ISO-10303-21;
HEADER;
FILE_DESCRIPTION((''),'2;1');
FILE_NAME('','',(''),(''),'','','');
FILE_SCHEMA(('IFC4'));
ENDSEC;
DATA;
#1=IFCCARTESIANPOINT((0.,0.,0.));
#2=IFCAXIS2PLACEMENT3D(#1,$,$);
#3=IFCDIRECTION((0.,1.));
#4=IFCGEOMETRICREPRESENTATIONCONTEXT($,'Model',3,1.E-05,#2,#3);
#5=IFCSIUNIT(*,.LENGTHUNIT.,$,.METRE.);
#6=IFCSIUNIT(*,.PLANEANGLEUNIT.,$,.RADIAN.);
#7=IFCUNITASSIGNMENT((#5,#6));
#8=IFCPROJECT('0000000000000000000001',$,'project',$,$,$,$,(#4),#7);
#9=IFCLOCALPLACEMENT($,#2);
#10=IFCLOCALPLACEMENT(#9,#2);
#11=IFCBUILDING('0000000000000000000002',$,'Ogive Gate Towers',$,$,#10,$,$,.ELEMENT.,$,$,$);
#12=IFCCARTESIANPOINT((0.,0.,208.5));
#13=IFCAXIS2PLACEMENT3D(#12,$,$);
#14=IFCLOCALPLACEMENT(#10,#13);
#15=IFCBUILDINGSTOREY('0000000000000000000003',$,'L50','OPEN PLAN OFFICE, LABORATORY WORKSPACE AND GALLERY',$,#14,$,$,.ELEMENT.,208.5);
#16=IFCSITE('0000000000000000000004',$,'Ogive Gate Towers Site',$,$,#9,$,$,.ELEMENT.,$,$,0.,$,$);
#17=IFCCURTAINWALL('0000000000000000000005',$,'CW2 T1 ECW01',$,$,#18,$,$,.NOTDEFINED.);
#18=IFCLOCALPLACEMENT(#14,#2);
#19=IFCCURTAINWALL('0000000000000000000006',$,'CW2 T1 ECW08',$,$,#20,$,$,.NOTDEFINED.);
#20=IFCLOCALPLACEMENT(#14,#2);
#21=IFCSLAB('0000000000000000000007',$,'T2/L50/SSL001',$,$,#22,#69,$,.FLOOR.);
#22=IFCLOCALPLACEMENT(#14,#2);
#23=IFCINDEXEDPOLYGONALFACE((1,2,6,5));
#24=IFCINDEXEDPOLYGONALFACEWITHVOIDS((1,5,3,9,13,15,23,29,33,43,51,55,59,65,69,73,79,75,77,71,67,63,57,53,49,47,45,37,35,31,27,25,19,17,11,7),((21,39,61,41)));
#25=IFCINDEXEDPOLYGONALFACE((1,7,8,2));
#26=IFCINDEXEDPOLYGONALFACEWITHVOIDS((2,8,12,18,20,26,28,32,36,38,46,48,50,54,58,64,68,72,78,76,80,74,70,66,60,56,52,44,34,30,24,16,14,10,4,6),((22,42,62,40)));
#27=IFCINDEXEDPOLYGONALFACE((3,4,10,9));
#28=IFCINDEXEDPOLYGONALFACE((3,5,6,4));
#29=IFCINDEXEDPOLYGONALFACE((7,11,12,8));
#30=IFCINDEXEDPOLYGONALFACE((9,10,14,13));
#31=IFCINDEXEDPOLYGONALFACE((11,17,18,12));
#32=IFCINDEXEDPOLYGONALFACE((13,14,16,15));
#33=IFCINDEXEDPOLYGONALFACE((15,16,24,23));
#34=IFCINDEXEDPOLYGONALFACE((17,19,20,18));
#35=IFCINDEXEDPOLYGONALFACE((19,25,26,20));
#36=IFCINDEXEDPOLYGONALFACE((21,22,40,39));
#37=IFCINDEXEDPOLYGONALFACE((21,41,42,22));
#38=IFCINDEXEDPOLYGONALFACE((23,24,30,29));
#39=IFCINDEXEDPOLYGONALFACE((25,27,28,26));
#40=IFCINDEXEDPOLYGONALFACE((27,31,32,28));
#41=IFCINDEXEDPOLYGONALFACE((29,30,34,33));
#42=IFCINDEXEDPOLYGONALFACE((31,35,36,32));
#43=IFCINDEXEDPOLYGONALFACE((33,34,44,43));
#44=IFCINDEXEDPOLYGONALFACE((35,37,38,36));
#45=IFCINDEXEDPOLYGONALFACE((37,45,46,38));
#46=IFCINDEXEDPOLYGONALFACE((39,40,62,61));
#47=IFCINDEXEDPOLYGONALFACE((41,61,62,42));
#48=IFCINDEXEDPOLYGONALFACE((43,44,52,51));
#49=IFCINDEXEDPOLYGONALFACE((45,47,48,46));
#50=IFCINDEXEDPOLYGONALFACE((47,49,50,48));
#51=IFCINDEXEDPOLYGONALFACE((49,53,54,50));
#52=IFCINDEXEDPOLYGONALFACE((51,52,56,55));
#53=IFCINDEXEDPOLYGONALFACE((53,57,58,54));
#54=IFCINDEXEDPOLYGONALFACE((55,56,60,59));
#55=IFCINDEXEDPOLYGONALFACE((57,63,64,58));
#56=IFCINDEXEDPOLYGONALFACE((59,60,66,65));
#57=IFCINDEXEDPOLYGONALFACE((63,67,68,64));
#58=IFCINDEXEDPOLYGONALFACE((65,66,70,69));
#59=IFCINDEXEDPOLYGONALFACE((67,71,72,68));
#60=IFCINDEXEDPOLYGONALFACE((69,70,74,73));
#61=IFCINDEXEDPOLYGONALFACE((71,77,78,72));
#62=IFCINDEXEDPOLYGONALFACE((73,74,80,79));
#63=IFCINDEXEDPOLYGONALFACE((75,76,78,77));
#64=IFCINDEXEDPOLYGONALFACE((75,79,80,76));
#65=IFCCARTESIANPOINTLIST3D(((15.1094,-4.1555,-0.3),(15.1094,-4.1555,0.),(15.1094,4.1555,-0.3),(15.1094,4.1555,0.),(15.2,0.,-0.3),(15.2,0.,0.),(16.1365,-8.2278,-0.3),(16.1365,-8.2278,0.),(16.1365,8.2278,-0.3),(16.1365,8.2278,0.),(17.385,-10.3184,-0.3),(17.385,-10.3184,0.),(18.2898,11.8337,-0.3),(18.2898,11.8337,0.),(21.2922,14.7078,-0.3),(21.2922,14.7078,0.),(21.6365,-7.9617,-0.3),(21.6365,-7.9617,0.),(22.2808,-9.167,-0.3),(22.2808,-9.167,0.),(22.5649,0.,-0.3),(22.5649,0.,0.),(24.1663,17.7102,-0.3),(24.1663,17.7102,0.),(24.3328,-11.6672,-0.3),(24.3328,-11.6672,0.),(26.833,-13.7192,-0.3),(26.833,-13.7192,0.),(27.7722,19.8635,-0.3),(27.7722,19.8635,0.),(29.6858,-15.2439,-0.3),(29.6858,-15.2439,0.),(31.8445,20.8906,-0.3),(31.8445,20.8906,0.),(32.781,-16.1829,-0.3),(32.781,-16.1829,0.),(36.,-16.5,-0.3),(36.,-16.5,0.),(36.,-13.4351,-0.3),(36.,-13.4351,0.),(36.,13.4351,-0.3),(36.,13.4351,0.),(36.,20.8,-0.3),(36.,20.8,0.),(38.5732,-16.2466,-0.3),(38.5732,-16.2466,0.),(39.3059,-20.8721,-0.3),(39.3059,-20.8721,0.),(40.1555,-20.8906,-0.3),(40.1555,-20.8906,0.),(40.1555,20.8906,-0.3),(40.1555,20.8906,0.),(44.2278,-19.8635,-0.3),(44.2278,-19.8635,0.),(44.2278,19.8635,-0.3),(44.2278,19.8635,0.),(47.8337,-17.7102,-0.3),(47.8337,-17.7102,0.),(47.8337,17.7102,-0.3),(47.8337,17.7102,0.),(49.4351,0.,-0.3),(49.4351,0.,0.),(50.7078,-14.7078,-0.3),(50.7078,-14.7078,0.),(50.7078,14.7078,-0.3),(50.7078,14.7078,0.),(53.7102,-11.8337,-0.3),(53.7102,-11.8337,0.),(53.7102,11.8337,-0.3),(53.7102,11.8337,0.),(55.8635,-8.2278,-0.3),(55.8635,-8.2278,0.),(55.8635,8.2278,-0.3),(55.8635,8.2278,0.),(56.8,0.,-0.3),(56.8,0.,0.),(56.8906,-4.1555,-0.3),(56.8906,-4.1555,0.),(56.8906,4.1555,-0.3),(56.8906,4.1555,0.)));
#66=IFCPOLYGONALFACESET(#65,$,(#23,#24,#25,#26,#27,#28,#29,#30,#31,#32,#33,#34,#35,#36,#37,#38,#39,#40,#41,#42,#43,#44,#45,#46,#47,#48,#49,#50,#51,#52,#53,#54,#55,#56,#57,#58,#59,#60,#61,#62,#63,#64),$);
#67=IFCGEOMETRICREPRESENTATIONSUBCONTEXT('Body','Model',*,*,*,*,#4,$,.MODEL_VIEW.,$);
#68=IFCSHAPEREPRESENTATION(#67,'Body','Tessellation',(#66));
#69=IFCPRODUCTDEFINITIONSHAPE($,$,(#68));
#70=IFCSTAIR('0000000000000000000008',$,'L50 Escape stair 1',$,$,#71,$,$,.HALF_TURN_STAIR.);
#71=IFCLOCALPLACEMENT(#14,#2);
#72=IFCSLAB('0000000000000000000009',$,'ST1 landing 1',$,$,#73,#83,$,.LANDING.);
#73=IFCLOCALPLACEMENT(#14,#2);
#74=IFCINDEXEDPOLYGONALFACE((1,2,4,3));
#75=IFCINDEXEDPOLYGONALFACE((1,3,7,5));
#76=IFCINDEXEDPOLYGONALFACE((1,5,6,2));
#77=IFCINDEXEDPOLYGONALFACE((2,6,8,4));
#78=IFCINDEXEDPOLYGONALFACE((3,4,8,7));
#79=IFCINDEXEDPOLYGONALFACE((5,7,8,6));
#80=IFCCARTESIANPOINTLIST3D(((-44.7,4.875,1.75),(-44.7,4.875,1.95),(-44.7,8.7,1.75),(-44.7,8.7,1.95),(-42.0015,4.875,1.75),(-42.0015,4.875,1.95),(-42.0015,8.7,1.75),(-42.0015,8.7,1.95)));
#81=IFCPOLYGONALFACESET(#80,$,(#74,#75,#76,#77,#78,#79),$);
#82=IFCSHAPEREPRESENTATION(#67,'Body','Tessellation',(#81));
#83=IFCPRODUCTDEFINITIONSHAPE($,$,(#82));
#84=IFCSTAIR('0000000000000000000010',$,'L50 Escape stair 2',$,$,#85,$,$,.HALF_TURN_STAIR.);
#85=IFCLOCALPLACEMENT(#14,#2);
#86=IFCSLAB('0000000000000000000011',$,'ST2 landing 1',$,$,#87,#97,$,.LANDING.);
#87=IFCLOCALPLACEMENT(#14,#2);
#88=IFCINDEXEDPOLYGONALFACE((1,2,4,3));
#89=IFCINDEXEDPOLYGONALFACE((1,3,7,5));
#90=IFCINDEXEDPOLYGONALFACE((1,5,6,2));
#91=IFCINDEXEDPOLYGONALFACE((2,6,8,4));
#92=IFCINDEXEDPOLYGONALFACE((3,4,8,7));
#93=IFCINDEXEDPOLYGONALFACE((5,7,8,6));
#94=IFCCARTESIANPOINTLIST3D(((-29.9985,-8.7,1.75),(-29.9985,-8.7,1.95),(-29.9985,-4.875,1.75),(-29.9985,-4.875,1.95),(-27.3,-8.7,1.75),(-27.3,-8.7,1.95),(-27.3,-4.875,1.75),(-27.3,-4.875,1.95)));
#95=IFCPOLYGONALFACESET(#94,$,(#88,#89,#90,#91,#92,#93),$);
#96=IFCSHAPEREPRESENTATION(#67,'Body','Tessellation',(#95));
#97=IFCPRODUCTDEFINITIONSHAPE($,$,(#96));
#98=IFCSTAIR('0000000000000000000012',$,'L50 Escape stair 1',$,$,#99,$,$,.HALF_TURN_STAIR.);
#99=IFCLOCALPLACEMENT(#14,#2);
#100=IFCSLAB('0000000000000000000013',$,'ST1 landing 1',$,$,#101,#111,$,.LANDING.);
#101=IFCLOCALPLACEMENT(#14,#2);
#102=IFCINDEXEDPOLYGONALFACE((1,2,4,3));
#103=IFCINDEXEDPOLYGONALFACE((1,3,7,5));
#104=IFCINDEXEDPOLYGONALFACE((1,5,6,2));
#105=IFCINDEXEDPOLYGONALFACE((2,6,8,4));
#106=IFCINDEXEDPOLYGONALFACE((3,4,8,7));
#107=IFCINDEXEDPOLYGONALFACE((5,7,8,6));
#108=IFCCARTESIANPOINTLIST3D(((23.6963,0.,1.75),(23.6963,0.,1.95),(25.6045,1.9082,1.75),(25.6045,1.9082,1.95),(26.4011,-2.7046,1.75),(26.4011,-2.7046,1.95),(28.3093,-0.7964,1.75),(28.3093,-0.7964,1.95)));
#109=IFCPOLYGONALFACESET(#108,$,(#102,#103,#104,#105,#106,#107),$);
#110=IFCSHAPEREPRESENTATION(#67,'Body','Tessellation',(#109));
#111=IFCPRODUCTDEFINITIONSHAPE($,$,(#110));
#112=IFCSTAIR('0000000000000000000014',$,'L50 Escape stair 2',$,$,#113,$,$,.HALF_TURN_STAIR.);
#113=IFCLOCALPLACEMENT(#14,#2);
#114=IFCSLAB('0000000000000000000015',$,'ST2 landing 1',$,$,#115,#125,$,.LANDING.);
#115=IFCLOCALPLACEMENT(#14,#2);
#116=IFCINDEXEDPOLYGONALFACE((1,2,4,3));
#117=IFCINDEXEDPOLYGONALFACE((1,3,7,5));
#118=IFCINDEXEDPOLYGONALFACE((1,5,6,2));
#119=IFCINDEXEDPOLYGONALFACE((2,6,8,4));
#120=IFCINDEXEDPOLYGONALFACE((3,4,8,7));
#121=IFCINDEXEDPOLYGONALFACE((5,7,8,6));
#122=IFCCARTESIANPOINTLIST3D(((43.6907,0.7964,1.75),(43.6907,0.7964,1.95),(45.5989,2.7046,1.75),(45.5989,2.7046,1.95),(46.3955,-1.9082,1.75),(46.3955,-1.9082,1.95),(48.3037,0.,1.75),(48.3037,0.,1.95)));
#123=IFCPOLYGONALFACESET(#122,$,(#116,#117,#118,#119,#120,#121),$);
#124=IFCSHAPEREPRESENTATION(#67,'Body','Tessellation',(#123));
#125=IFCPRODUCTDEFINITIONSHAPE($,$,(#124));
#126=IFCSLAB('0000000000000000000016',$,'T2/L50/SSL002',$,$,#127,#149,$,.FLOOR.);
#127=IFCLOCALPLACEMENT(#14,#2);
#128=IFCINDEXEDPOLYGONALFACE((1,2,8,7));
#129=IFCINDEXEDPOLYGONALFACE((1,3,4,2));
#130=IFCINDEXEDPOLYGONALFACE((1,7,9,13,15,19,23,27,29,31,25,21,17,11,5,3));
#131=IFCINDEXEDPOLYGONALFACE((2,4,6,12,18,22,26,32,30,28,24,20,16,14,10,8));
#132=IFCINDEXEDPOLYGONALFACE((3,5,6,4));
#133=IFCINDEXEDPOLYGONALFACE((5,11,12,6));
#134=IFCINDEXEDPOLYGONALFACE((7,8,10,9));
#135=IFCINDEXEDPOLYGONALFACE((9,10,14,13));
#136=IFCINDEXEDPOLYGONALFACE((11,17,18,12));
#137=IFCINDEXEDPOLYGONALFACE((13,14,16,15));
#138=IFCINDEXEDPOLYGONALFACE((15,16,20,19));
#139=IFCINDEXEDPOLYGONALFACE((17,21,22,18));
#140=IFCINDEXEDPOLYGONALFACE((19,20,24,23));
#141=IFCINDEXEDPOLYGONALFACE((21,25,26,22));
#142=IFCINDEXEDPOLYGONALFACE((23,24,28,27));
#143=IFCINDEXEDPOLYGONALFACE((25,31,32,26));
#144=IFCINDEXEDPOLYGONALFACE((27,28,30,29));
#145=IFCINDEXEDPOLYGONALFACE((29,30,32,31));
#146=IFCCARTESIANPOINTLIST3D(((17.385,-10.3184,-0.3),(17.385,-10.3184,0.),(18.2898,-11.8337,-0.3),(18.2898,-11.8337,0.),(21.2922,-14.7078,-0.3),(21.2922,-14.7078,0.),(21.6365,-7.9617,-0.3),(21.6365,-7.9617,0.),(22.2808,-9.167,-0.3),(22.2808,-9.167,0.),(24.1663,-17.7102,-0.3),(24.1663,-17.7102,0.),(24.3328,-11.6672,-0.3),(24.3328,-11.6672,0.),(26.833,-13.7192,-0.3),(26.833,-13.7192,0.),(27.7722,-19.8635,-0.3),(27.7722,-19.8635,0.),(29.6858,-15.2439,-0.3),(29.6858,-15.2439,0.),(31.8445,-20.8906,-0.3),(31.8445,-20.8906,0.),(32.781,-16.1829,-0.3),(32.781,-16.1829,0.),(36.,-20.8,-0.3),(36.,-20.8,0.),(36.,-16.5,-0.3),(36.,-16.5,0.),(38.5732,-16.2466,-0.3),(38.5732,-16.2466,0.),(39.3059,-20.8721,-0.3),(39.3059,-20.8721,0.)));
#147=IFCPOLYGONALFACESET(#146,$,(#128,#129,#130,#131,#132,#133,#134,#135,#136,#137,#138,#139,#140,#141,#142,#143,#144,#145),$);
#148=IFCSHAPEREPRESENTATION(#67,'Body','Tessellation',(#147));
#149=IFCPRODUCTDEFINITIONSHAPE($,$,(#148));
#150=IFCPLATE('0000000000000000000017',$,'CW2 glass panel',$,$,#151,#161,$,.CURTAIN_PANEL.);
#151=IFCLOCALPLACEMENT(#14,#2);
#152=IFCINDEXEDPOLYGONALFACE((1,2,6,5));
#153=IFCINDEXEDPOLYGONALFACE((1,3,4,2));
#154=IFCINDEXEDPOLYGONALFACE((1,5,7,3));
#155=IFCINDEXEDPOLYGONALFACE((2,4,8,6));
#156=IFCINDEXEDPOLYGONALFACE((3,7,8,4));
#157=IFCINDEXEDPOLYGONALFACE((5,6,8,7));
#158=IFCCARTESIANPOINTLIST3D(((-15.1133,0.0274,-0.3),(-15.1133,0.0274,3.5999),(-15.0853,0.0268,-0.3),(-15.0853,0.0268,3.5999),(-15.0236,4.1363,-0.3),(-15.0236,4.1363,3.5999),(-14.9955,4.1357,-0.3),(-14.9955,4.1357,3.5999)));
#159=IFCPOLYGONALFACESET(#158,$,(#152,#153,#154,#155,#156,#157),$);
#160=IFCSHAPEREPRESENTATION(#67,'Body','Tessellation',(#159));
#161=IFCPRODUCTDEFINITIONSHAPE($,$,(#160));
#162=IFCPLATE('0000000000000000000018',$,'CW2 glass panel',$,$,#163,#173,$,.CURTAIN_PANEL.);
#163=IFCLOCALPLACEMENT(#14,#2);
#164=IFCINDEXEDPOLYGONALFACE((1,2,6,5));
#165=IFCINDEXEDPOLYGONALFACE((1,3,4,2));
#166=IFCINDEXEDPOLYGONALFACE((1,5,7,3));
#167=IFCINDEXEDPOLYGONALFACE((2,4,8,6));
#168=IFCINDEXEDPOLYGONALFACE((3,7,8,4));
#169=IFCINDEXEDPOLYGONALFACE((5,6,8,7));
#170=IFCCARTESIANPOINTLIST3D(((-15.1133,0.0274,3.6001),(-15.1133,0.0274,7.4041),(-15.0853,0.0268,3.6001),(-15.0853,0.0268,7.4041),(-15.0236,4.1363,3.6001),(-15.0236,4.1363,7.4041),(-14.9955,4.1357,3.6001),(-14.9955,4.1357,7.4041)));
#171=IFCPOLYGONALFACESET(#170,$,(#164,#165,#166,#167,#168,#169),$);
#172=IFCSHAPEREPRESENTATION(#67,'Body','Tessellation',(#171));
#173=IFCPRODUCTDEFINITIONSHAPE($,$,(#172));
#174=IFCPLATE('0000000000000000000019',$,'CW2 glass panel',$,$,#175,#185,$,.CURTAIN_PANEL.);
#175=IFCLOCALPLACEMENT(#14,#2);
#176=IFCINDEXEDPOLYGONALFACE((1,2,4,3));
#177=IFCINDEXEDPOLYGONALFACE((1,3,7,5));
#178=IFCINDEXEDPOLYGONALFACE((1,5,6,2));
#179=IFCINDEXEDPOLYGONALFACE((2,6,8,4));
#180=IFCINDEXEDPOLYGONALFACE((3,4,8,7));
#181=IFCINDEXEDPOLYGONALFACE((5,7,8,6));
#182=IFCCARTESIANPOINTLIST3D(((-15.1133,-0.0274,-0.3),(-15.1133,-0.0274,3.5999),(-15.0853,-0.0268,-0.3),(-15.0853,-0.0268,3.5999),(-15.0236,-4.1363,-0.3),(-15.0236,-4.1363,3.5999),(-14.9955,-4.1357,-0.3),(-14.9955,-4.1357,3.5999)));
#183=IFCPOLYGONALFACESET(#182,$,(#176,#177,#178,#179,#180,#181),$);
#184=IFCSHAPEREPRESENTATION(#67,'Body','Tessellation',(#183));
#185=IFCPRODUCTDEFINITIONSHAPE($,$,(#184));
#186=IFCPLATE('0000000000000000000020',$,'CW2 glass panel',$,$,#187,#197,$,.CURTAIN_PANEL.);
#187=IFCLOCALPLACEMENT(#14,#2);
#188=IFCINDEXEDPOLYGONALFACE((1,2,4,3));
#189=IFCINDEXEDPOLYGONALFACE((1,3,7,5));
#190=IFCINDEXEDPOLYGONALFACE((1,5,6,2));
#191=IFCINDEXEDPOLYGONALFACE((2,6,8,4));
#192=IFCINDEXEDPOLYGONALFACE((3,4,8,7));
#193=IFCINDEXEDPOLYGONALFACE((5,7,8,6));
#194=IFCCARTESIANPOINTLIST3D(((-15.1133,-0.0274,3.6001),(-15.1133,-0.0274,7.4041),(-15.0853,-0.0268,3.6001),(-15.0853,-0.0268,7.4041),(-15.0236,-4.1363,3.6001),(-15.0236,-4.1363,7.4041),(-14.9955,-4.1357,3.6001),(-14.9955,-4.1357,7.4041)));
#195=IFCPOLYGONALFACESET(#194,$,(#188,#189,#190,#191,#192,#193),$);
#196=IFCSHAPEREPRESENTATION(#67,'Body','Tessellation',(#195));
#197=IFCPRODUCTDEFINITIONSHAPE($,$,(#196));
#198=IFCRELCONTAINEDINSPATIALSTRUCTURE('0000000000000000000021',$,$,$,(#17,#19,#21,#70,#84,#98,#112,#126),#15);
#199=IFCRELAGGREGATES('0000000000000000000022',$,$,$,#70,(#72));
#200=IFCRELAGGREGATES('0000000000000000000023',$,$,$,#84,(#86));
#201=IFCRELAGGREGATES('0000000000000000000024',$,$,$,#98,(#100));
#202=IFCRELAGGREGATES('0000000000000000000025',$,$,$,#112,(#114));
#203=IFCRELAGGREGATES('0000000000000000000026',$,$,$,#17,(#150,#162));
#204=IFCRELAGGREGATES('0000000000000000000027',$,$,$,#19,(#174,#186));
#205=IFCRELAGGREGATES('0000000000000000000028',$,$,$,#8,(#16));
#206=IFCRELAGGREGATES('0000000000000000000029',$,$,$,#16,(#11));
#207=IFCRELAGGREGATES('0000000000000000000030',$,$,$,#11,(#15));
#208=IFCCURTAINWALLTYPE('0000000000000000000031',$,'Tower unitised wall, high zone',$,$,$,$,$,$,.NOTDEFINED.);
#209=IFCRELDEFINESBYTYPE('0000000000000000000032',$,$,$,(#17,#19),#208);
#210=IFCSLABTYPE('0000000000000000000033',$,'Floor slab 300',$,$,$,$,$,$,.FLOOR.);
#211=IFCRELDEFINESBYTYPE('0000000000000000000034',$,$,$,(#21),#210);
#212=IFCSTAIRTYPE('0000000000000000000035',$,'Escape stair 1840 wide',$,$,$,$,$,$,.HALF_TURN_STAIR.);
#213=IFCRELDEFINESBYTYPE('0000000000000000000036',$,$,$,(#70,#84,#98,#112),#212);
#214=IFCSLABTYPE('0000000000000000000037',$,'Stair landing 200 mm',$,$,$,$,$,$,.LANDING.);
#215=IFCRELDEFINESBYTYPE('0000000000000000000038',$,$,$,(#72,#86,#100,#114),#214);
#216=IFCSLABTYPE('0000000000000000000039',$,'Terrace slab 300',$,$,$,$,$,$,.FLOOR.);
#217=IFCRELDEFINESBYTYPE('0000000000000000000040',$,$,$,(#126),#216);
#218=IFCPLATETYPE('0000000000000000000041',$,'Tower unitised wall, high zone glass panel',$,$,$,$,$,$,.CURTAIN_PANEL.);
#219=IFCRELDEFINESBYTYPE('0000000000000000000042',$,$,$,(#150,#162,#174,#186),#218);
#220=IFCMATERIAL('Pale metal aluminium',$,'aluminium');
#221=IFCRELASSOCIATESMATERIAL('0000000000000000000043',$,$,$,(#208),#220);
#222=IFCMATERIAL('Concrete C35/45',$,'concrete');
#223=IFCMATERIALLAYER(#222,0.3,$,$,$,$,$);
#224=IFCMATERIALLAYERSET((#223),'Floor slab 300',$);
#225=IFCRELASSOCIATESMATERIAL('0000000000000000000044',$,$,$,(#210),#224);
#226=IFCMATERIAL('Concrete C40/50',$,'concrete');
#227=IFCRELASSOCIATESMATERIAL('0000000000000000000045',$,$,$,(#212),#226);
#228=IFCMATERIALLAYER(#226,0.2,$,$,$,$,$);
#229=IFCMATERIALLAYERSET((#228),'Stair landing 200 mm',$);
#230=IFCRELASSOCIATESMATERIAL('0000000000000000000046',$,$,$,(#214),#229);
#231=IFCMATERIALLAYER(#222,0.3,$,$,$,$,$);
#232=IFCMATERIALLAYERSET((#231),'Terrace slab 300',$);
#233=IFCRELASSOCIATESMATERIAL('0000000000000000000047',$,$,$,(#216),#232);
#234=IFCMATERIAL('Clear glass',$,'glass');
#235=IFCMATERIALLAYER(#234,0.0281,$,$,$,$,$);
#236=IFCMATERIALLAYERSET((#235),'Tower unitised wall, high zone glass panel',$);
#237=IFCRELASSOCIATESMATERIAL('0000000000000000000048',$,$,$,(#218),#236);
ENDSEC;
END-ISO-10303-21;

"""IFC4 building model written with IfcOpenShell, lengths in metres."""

from ifc_helpers import new_model, si_unit, direction, frame, origin, origin_2d, place, context, subcontext, project, spatial, polyline, rectangle, outline, extrude, material, layer, layer_set, type_object, element, aggregate, save


model = new_model("IFC4")

# Units and contexts
model_context = context("Model", 3, precision=1e-05, world=origin(), true_north=direction((0.0, 1.0)))
body_context = subcontext(model_context, "Body", "Model", "MODEL_VIEW")
ifc_project = project(units=[si_unit("LENGTHUNIT", "METRE"), si_unit("PLANEANGLEUNIT", "RADIAN")], contexts=[model_context])

# Site, building, storey
site_placement = place(None, origin())
site = spatial("IfcSite", under=ifc_project, at=site_placement, Name="Ogive Gate Towers Site", CompositionType="ELEMENT", RefElevation=0.0)
building_placement = place(site_placement, origin())
building = spatial("IfcBuilding", under=site, at=building_placement, Name="Ogive Gate Towers", CompositionType="ELEMENT")
storey_placement = place(building_placement, frame((0.0, 0.0, 208.5)))
storey = spatial("IfcBuildingStorey", under=building, at=storey_placement, Name="L50", Description="OPEN PLAN OFFICE, LABORATORY WORKSPACE AND GALLERY", CompositionType="ELEMENT", Elevation=208.5)

# Curtain wall
ifc_material_1 = material(Name="Pale metal aluminium", Category="aluminium")
curtain_wall_type = type_object("IfcCurtainWallType", Name="Tower unitised wall, high zone", PredefinedType="NOTDEFINED", material=ifc_material_1)
curtain_wall_1_placement = place(storey_placement, origin())
curtain_wall_1 = element("IfcCurtainWall", 1, at=curtain_wall_1_placement, inside=storey, type_object=curtain_wall_type, Name="CW2 T1 ECW01", PredefinedType="NOTDEFINED")

# Curtain wall
curtain_wall_2_placement = place(storey_placement, origin())
curtain_wall_2 = element("IfcCurtainWall", 2, at=curtain_wall_2_placement, inside=storey, type_object=curtain_wall_type, Name="CW2 T1 ECW08", PredefinedType="NOTDEFINED")

# Slab
ifc_material_2 = material(Name="Concrete C40/50", Category="concrete")
ifc_material_3 = material(Name="Concrete C35/45", Category="concrete")
ifc_layer_1 = layer(ifc_material_3, 0.3)
ifc_layer_set_1 = layer_set([ifc_layer_1], Name="Floor slab 300")
slab_type_1 = type_object("IfcSlabType", Name="Floor slab 300", PredefinedType="FLOOR", material=ifc_layer_set_1)
slab_1_placement = place(storey_placement, frame((0.0, 0.0, -0.3)))
element("IfcSlab", 3, at=slab_1_placement, inside=storey, type_object=slab_type_1, Name="T2/L50/SSL001", PredefinedType="FLOOR", context=body_context, shape_type="SweptSolid", body=[
    extrude(outline(polyline([(15.1094, -4.1555), (16.1365, -8.2278), (17.385, -10.3184), (21.6365, -7.9617), (22.2808, -9.167), (24.3328, -11.6672), (26.833, -13.7192), (29.6858, -15.2439), (32.781, -16.1829), (36.0, -16.5), (38.5732, -16.2466), (39.3059, -20.8721), (40.1555, -20.8906), (44.2278, -19.8635), (47.8337, -17.7102), (50.7078, -14.7078), (53.7102, -11.8337), (55.8635, -8.2278), (56.8906, -4.1555), (56.8, 0.0), (56.8906, 4.1555), (55.8635, 8.2278), (53.7102, 11.8337), (50.7078, 14.7078), (47.8337, 17.7102), (44.2278, 19.8635), (40.1555, 20.8906), (36.0, 20.8), (31.8445, 20.8906), (27.7722, 19.8635), (24.1663, 17.7102), (21.2922, 14.7078), (18.2898, 11.8337), (16.1365, 8.2278), (15.1094, 4.1555), (15.2, 0.0), (15.1094, -4.1555)]), holes=[polyline([(49.4351, 0.0), (36.0, -13.4351), (22.5649, 0.0), (36.0, 13.4351), (49.4351, 0.0)])]), origin(), (0.0, 0.0, 1.0), 0.3),
])

# Stairs, slabs
stair_type = type_object("IfcStairType", Name="Escape stair 1840 wide", PredefinedType="HALF_TURN_STAIR", material=ifc_material_2)
stair_1_placement = place(storey_placement, origin())
stair_1 = element("IfcStair", 4, at=stair_1_placement, inside=storey, type_object=stair_type, Name="L50 Escape stair 1", PredefinedType="HALF_TURN_STAIR")
ifc_layer_2 = layer(ifc_material_2, 0.2)
ifc_layer_set_2 = layer_set([ifc_layer_2], Name="Stair landing 200 mm")
slab_type_2 = type_object("IfcSlabType", Name="Stair landing 200 mm", PredefinedType="LANDING", material=ifc_layer_set_2)
slab_2_placement = place(storey_placement, frame((0.0, 0.0, 1.75)))
slab_2 = element("IfcSlab", 5, at=slab_2_placement, type_object=slab_type_2, Name="ST1 landing 1", PredefinedType="LANDING", context=body_context, shape_type="SweptSolid", body=[
    extrude(outline(polyline([(-42.0015, 8.7), (-44.7, 8.7), (-44.7, 4.875), (-42.0015, 4.875), (-42.0015, 8.7)])), origin(), (0.0, 0.0, 1.0), 0.2),
])
aggregate(stair_1, [slab_2])
stair_2_placement = place(storey_placement, origin())
stair_2 = element("IfcStair", 6, at=stair_2_placement, inside=storey, type_object=stair_type, Name="L50 Escape stair 2", PredefinedType="HALF_TURN_STAIR")
slab_3_placement = place(storey_placement, frame((0.0, 0.0, 1.75)))
slab_3 = element("IfcSlab", 7, at=slab_3_placement, type_object=slab_type_2, Name="ST2 landing 1", PredefinedType="LANDING", context=body_context, shape_type="SweptSolid", body=[
    extrude(outline(polyline([(-29.9985, -8.7), (-27.3, -8.7), (-27.3, -4.875), (-29.9985, -4.875), (-29.9985, -8.7)])), origin(), (0.0, 0.0, 1.0), 0.2),
])
aggregate(stair_2, [slab_3])
stair_3_placement = place(storey_placement, origin())
stair_3 = element("IfcStair", 8, at=stair_3_placement, inside=storey, type_object=stair_type, Name="L50 Escape stair 1", PredefinedType="HALF_TURN_STAIR")
slab_4_placement = place(storey_placement, frame((0.0, 0.0, 1.75)))
slab_4 = element("IfcSlab", 9, at=slab_4_placement, type_object=slab_type_2, Name="ST1 landing 1", PredefinedType="LANDING", context=body_context, shape_type="SweptSolid", body=[
    extrude(outline(polyline([(25.6045, 1.9082), (23.6963, 0.0), (26.4011, -2.7046), (28.3093, -0.7964), (25.6045, 1.9082)])), origin(), (0.0, 0.0, 1.0), 0.2),
])
aggregate(stair_3, [slab_4])
stair_4_placement = place(storey_placement, origin())
stair_4 = element("IfcStair", 10, at=stair_4_placement, inside=storey, type_object=stair_type, Name="L50 Escape stair 2", PredefinedType="HALF_TURN_STAIR")
slab_5_placement = place(storey_placement, frame((0.0, 0.0, 1.75)))
slab_5 = element("IfcSlab", 11, at=slab_5_placement, type_object=slab_type_2, Name="ST2 landing 1", PredefinedType="LANDING", context=body_context, shape_type="SweptSolid", body=[
    extrude(outline(polyline([(46.3955, -1.9082), (48.3037, 0.0), (45.5989, 2.7046), (43.6907, 0.7964), (46.3955, -1.9082)])), origin(), (0.0, 0.0, 1.0), 0.2),
])
aggregate(stair_4, [slab_5])

# Slab
ifc_layer_3 = layer(ifc_material_3, 0.3)
ifc_layer_set_3 = layer_set([ifc_layer_3], Name="Terrace slab 300")
slab_type_3 = type_object("IfcSlabType", Name="Terrace slab 300", PredefinedType="FLOOR", material=ifc_layer_set_3)
slab_6_placement = place(storey_placement, frame((0.0, 0.0, -0.3)))
element("IfcSlab", 12, at=slab_6_placement, inside=storey, type_object=slab_type_3, Name="T2/L50/SSL002", PredefinedType="FLOOR", context=body_context, shape_type="SweptSolid", body=[
    extrude(outline(polyline([(21.6365, -7.9617), (17.385, -10.3184), (18.2898, -11.8337), (21.2922, -14.7078), (24.1663, -17.7102), (27.7722, -19.8635), (31.8445, -20.8906), (36.0, -20.8), (39.3059, -20.8721), (38.5732, -16.2466), (36.0, -16.5), (32.781, -16.1829), (29.6858, -15.2439), (26.833, -13.7192), (24.3328, -11.6672), (22.2808, -9.167), (21.6365, -7.9617)])), origin(), (0.0, 0.0, 1.0), 0.3),
])

# Plates
ifc_material_4 = material(Name="Clear glass", Category="glass")
ifc_layer_4 = layer(ifc_material_4, 0.0281)
ifc_layer_set_4 = layer_set([ifc_layer_4], Name="Tower unitised wall, high zone glass panel")
plate_type = type_object("IfcPlateType", Name="Tower unitised wall, high zone glass panel", PredefinedType="CURTAIN_PANEL", material=ifc_layer_set_4)
plate_1_placement = place(storey_placement, frame((-15.0544, 2.0815, -0.3), z_axis=(0.0, 0.0, 1.0), x_axis=(0.021832, 0.999762, 0.0)))
plate_1 = element("IfcPlate", 13, at=plate_1_placement, type_object=plate_type, Name="CW2 glass panel", PredefinedType="CURTAIN_PANEL", context=body_context, shape_type="SweptSolid", body=[
    extrude(rectangle(XDim=4.1099, YDim=0.0281, at=origin_2d()), origin(), (0.0, 0.0, 1.0), 3.8999),
])
plate_2_placement = place(storey_placement, frame((-15.0544, 2.0815, 3.6001), z_axis=(0.0, 0.0, 1.0), x_axis=(0.021832, 0.999762, 0.0)))
plate_2 = element("IfcPlate", 14, at=plate_2_placement, type_object=plate_type, Name="CW2 glass panel", PredefinedType="CURTAIN_PANEL", context=body_context, shape_type="SweptSolid", body=[
    extrude(rectangle(XDim=4.1099, YDim=0.0281, at=origin_2d()), origin(), (0.0, 0.0, 1.0), 3.804),
])
aggregate(curtain_wall_1, [plate_1, plate_2])
plate_3_placement = place(storey_placement, frame((-15.0544, -2.0815, -0.3), z_axis=(0.0, 0.0, 1.0), x_axis=(-0.021832, 0.999762, 0.0)))
plate_3 = element("IfcPlate", 15, at=plate_3_placement, type_object=plate_type, Name="CW2 glass panel", PredefinedType="CURTAIN_PANEL", context=body_context, shape_type="SweptSolid", body=[
    extrude(rectangle(XDim=4.1099, YDim=0.0281, at=origin_2d()), origin(), (0.0, 0.0, 1.0), 3.8999),
])
plate_4_placement = place(storey_placement, frame((-15.0544, -2.0815, 3.6001), z_axis=(0.0, 0.0, 1.0), x_axis=(-0.021832, 0.999762, 0.0)))
plate_4 = element("IfcPlate", 16, at=plate_4_placement, type_object=plate_type, Name="CW2 glass panel", PredefinedType="CURTAIN_PANEL", context=body_context, shape_type="SweptSolid", body=[
    extrude(rectangle(XDim=4.1099, YDim=0.0281, at=origin_2d()), origin(), (0.0, 0.0, 1.0), 3.804),
])
aggregate(curtain_wall_2, [plate_3, plate_4])

save(model, "model.ifc")
